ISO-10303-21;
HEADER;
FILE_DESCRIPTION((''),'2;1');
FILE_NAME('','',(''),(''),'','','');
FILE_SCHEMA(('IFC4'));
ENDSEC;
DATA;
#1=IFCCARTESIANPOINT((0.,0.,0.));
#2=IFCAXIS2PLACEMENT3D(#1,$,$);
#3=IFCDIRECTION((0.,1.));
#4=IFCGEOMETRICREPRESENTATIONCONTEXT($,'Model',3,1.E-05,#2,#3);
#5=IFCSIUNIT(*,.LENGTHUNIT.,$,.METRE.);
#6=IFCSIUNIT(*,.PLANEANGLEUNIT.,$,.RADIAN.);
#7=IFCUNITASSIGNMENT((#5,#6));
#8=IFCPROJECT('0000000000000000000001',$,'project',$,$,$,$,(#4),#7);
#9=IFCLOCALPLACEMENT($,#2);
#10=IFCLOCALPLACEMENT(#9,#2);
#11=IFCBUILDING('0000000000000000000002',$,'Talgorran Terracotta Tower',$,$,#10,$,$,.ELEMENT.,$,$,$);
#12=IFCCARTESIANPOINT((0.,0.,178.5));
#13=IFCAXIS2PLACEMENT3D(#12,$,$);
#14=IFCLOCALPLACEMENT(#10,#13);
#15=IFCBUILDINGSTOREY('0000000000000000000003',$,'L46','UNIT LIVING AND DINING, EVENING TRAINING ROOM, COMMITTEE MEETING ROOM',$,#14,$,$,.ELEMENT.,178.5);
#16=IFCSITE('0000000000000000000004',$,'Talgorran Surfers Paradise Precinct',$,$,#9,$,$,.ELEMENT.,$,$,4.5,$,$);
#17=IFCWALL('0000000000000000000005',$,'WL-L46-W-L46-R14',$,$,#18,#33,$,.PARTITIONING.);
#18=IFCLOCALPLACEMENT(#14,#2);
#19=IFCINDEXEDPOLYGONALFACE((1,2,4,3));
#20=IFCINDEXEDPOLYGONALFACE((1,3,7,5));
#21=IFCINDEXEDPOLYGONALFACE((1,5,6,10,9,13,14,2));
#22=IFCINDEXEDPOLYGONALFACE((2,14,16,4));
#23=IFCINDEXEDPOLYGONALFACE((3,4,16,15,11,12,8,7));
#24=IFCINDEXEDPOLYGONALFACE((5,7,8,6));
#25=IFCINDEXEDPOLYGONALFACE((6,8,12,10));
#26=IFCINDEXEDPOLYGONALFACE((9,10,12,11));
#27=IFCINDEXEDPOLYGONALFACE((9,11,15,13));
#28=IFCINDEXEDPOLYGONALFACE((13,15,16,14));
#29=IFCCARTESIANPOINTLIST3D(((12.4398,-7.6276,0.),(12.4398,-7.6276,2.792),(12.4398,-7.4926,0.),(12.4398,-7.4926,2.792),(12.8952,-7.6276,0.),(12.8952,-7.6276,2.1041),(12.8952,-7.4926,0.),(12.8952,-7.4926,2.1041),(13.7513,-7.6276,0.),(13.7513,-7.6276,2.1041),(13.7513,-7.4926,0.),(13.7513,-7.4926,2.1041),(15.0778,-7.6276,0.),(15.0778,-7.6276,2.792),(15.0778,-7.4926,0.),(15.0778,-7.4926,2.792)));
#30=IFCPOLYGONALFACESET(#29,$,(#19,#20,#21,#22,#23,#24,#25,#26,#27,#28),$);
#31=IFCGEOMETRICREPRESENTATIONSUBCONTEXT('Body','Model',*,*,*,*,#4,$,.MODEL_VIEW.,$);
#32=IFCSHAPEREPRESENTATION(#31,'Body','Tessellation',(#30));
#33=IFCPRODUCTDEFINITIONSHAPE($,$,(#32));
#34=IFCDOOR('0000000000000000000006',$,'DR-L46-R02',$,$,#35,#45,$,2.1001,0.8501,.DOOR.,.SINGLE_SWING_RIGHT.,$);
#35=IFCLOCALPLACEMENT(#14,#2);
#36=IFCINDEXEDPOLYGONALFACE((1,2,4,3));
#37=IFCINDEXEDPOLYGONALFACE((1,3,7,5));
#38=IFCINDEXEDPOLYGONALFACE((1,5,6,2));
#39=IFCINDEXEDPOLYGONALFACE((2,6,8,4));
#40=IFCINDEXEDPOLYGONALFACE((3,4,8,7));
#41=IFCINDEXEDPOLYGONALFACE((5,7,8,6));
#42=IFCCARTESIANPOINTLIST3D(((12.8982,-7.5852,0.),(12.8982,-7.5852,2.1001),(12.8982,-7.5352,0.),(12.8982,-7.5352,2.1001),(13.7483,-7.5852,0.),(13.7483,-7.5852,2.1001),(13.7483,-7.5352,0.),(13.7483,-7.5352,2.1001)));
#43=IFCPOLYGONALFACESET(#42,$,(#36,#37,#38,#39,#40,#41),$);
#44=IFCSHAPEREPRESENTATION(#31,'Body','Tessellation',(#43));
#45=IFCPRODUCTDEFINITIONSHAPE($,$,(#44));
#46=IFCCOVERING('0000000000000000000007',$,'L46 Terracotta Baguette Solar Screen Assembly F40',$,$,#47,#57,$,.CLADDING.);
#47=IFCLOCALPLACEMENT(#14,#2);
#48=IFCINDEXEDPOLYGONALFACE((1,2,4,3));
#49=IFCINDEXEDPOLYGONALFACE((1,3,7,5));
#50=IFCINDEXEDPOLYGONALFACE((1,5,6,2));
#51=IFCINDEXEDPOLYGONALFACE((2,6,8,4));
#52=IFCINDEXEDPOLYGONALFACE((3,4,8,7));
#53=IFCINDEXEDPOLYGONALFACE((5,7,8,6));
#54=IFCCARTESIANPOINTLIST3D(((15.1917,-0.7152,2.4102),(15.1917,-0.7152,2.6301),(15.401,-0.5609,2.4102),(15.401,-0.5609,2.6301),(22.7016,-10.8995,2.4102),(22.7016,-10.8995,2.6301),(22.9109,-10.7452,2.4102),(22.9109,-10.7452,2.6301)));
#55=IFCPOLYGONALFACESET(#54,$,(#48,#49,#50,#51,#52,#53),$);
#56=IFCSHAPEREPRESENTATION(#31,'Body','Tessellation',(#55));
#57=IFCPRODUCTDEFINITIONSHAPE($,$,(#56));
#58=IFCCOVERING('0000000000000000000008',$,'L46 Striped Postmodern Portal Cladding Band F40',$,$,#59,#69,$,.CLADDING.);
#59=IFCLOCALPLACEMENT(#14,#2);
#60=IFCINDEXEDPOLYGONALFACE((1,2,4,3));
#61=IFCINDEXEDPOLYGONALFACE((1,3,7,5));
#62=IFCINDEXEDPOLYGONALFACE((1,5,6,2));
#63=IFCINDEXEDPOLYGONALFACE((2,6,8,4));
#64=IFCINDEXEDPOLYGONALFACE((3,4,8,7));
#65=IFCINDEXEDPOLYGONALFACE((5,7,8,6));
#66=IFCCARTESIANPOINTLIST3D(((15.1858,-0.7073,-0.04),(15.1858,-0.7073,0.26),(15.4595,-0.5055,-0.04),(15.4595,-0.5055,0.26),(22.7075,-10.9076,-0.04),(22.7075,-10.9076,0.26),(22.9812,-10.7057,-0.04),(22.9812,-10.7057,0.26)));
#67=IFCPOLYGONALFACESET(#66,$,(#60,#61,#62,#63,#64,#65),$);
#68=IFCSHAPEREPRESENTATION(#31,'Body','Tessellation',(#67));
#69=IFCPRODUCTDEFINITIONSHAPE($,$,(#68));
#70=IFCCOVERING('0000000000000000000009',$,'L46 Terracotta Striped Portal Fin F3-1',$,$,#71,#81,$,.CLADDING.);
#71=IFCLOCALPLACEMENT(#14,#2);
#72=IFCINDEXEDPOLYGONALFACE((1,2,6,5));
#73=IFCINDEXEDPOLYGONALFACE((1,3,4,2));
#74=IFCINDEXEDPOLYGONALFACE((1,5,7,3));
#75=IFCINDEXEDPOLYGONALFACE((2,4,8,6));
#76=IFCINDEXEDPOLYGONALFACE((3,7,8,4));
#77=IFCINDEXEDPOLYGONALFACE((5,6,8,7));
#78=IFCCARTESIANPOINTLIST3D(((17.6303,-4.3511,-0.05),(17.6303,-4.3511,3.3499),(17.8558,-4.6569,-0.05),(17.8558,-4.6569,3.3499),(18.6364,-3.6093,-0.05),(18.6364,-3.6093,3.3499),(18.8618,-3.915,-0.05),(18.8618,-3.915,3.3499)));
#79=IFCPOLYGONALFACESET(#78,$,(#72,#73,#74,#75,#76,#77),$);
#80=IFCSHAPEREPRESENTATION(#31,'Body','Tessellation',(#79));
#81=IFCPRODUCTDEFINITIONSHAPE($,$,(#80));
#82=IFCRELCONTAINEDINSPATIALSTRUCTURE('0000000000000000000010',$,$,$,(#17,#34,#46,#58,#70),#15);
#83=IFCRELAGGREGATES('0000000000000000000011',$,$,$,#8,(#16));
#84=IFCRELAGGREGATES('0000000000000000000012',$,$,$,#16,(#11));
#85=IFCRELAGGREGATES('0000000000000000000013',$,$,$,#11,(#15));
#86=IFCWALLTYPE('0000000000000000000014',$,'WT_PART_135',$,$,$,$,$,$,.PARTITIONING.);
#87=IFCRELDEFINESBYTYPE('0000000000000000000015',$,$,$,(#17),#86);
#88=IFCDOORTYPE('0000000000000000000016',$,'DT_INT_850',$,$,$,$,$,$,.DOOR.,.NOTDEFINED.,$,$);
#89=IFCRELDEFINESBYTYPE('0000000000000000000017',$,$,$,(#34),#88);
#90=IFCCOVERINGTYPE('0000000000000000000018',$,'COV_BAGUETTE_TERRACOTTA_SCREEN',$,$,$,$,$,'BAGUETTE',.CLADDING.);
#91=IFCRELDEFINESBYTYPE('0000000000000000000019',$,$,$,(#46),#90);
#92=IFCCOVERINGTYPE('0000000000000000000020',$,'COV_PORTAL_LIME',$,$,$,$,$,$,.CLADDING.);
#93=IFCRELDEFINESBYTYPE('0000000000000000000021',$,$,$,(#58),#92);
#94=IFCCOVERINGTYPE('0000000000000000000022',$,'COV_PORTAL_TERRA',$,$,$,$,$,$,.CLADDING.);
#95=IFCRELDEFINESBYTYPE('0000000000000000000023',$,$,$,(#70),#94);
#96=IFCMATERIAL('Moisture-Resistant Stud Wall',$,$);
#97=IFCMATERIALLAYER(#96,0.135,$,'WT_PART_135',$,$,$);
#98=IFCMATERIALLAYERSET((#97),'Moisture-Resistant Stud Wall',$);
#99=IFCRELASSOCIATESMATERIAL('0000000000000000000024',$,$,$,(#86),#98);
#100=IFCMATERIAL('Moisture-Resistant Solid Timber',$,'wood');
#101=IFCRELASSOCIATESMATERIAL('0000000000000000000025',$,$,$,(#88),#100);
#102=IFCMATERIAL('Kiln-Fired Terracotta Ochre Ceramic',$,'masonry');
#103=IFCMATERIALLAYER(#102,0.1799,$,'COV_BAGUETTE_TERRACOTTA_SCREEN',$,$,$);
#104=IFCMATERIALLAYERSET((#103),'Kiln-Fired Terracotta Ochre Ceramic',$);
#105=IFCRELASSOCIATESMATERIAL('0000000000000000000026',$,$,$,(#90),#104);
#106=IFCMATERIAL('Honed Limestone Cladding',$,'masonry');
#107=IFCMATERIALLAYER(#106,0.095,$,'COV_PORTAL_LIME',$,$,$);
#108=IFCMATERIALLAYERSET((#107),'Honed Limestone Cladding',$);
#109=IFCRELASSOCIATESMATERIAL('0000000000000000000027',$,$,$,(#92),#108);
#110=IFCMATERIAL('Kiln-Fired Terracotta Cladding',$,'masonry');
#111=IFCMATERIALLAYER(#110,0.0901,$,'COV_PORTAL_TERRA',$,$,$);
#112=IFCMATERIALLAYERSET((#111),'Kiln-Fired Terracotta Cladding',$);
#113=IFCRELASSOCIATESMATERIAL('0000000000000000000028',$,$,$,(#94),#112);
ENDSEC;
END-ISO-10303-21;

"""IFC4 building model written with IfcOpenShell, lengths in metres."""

from ifc_helpers import new_model, si_unit, direction, frame, frame_2d, origin, origin_2d, place, context, subcontext, project, spatial, rectangle, extrude, material, layer, layer_set, type_object, element, fill, save


model = new_model("IFC4")

# Units and contexts
model_context = context("Model", 3, precision=1e-05, world=origin(), true_north=direction((0.0, 1.0)))
body_context = subcontext(model_context, "Body", "Model", "MODEL_VIEW")
ifc_project = project(units=[si_unit("LENGTHUNIT", "METRE"), si_unit("PLANEANGLEUNIT", "RADIAN")], contexts=[model_context])

# Site, building, storey
site_placement = place(None, origin())
site = spatial("IfcSite", under=ifc_project, at=site_placement, Name="Talgorran Surfers Paradise Precinct", CompositionType="ELEMENT", RefElevation=4.5)
building_placement = place(site_placement, origin())
building = spatial("IfcBuilding", under=site, at=building_placement, Name="Talgorran Terracotta Tower", CompositionType="ELEMENT")
storey_placement = place(building_placement, frame((0.0, 0.0, 178.5)))
storey = spatial("IfcBuildingStorey", under=building, at=storey_placement, Name="L46", Description="UNIT LIVING AND DINING, EVENING TRAINING ROOM, COMMITTEE MEETING ROOM", CompositionType="ELEMENT", Elevation=178.5)

# Shared definitions
ifc_material_1 = material(Name="Moisture-Resistant Solid Timber", Category="wood")

# Wall, opening, door
ifc_material_2 = material(Name="Moisture-Resistant Stud Wall")
ifc_layer_1 = layer(ifc_material_2, 0.135, Name="WT_PART_135")
ifc_layer_set_1 = layer_set([ifc_layer_1], Name="Moisture-Resistant Stud Wall")
wall_type_1 = type_object("IfcWallType", Name="WT_PART_135", PredefinedType="PARTITIONING", material=ifc_layer_set_1)
wall_1_placement = place(storey_placement, frame((12.4399, -7.5601, 0.0), z_axis=(0.0, 0.0, 1.0), x_axis=(1.0, 0.0, 0.0)))
wall_1 = element("IfcWall", 1, at=wall_1_placement, inside=storey, type_object=wall_type_1, Name="WL-L46-W-L46-R14", PredefinedType="PARTITIONING", context=body_context, shape_type="SweptSolid", body=[
    extrude(rectangle(XDim=2.6379, YDim=0.135, at=frame_2d((1.3188, 0.0))), origin(), (0.0, 0.0, 1.0), 2.792),
])
opening_1_placement = place(wall_1_placement, frame((0.4583, 0.0, 0.0)))
opening_1 = element("IfcOpeningElement", 2, at=opening_1_placement, cuts=wall_1, PredefinedType="OPENING", context=body_context, shape_type="SweptSolid", body=[
    extrude(rectangle(XDim=0.8561, YDim=2.1041, at=frame_2d((0.425, 1.052))), frame((0.0, 0.0776, 0.0), z_axis=(0.0, -1.0, 0.0), x_axis=(1.0, 0.0, 0.0)), (0.0, 0.0, 1.0), 0.155),
])
door_type_1 = type_object("IfcDoorType", Name="DT_INT_850", OperationType="NOTDEFINED", PredefinedType="DOOR", material=ifc_material_1)
door_1_placement = place(opening_1_placement, origin())
door_1 = element("IfcDoor", 3, at=door_1_placement, inside=storey, type_object=door_type_1, Name="DR-L46-R02", OperationType="SINGLE_SWING_RIGHT", OverallHeight=2.1001, OverallWidth=0.8501, PredefinedType="DOOR", context=body_context, shape_type="SweptSolid", body=[
    extrude(rectangle(XDim=0.8501, YDim=2.1001, at=frame_2d((0.425, 1.05))), frame((0.0, 0.0249, 0.0), z_axis=(0.0, -1.0, 0.0), x_axis=(1.0, 0.0, 0.0)), (0.0, 0.0, 1.0), 0.05),
])
fill(opening_1, door_1)

# Coverings
ifc_material_3 = material(Name="Kiln-Fired Terracotta Ochre Ceramic", Category="masonry")
ifc_layer_2 = layer(ifc_material_3, 0.1799, Name="COV_BAGUETTE_TERRACOTTA_SCREEN")
ifc_layer_set_2 = layer_set([ifc_layer_2], Name="Kiln-Fired Terracotta Ochre Ceramic")
covering_type_1 = type_object("IfcCoveringType", Name="COV_BAGUETTE_TERRACOTTA_SCREEN", ElementType="BAGUETTE", PredefinedType="CLADDING", material=ifc_layer_set_2)
covering_1_placement = place(storey_placement, frame((19.0513, -5.7302, 2.4102), z_axis=(0.0, 0.0, 1.0), x_axis=(-0.593489, 0.804842, 0.0)))
element("IfcCovering", 4, at=covering_1_placement, inside=storey, type_object=covering_type_1, Name="L46 Terracotta Baguette Solar Screen Assembly F40", PredefinedType="CLADDING", context=body_context, shape_type="SweptSolid", body=[
    extrude(rectangle(XDim=12.6538, YDim=0.26, at=origin_2d()), origin(), (0.0, 0.0, 1.0), 0.22),
])
ifc_material_4 = material(Name="Honed Limestone Cladding", Category="masonry")
ifc_layer_3 = layer(ifc_material_4, 0.095, Name="COV_PORTAL_LIME")
ifc_layer_set_3 = layer_set([ifc_layer_3], Name="Honed Limestone Cladding")
covering_type_2 = type_object("IfcCoveringType", Name="COV_PORTAL_LIME", PredefinedType="CLADDING", material=ifc_layer_set_3)
covering_2_placement = place(storey_placement, frame((19.0835, -5.7065, -0.04), z_axis=(0.0, 0.0, 1.0), x_axis=(-0.593489, 0.804842, 0.0)))
element("IfcCovering", 5, at=covering_2_placement, inside=storey, type_object=covering_type_2, Name="L46 Striped Postmodern Portal Cladding Band F40", PredefinedType="CLADDING", context=body_context, shape_type="SweptSolid", body=[
    extrude(rectangle(XDim=12.6736, YDim=0.3401, at=origin_2d()), origin(), (0.0, 0.0, 1.0), 0.3),
])
ifc_material_5 = material(Name="Kiln-Fired Terracotta Cladding", Category="masonry")
ifc_layer_4 = layer(ifc_material_5, 0.0901, Name="COV_PORTAL_TERRA")
ifc_layer_set_4 = layer_set([ifc_layer_4], Name="Kiln-Fired Terracotta Cladding")
covering_type_3 = type_object("IfcCoveringType", Name="COV_PORTAL_TERRA", PredefinedType="CLADDING", material=ifc_layer_set_4)
covering_3_placement = place(storey_placement, frame((18.2461, -4.1331, -0.05), z_axis=(0.0, 0.0, 1.0), x_axis=(-0.593489, 0.804842, 0.0)))
element("IfcCovering", 6, at=covering_3_placement, inside=storey, type_object=covering_type_3, Name="L46 Terracotta Striped Portal Fin F3-1", PredefinedType="CLADDING", context=body_context, shape_type="SweptSolid", body=[
    extrude(rectangle(XDim=0.3799, YDim=1.25, at=origin_2d()), origin(), (0.0, 0.0, 1.0), 3.3999),
])

save(model, "model.ifc")
